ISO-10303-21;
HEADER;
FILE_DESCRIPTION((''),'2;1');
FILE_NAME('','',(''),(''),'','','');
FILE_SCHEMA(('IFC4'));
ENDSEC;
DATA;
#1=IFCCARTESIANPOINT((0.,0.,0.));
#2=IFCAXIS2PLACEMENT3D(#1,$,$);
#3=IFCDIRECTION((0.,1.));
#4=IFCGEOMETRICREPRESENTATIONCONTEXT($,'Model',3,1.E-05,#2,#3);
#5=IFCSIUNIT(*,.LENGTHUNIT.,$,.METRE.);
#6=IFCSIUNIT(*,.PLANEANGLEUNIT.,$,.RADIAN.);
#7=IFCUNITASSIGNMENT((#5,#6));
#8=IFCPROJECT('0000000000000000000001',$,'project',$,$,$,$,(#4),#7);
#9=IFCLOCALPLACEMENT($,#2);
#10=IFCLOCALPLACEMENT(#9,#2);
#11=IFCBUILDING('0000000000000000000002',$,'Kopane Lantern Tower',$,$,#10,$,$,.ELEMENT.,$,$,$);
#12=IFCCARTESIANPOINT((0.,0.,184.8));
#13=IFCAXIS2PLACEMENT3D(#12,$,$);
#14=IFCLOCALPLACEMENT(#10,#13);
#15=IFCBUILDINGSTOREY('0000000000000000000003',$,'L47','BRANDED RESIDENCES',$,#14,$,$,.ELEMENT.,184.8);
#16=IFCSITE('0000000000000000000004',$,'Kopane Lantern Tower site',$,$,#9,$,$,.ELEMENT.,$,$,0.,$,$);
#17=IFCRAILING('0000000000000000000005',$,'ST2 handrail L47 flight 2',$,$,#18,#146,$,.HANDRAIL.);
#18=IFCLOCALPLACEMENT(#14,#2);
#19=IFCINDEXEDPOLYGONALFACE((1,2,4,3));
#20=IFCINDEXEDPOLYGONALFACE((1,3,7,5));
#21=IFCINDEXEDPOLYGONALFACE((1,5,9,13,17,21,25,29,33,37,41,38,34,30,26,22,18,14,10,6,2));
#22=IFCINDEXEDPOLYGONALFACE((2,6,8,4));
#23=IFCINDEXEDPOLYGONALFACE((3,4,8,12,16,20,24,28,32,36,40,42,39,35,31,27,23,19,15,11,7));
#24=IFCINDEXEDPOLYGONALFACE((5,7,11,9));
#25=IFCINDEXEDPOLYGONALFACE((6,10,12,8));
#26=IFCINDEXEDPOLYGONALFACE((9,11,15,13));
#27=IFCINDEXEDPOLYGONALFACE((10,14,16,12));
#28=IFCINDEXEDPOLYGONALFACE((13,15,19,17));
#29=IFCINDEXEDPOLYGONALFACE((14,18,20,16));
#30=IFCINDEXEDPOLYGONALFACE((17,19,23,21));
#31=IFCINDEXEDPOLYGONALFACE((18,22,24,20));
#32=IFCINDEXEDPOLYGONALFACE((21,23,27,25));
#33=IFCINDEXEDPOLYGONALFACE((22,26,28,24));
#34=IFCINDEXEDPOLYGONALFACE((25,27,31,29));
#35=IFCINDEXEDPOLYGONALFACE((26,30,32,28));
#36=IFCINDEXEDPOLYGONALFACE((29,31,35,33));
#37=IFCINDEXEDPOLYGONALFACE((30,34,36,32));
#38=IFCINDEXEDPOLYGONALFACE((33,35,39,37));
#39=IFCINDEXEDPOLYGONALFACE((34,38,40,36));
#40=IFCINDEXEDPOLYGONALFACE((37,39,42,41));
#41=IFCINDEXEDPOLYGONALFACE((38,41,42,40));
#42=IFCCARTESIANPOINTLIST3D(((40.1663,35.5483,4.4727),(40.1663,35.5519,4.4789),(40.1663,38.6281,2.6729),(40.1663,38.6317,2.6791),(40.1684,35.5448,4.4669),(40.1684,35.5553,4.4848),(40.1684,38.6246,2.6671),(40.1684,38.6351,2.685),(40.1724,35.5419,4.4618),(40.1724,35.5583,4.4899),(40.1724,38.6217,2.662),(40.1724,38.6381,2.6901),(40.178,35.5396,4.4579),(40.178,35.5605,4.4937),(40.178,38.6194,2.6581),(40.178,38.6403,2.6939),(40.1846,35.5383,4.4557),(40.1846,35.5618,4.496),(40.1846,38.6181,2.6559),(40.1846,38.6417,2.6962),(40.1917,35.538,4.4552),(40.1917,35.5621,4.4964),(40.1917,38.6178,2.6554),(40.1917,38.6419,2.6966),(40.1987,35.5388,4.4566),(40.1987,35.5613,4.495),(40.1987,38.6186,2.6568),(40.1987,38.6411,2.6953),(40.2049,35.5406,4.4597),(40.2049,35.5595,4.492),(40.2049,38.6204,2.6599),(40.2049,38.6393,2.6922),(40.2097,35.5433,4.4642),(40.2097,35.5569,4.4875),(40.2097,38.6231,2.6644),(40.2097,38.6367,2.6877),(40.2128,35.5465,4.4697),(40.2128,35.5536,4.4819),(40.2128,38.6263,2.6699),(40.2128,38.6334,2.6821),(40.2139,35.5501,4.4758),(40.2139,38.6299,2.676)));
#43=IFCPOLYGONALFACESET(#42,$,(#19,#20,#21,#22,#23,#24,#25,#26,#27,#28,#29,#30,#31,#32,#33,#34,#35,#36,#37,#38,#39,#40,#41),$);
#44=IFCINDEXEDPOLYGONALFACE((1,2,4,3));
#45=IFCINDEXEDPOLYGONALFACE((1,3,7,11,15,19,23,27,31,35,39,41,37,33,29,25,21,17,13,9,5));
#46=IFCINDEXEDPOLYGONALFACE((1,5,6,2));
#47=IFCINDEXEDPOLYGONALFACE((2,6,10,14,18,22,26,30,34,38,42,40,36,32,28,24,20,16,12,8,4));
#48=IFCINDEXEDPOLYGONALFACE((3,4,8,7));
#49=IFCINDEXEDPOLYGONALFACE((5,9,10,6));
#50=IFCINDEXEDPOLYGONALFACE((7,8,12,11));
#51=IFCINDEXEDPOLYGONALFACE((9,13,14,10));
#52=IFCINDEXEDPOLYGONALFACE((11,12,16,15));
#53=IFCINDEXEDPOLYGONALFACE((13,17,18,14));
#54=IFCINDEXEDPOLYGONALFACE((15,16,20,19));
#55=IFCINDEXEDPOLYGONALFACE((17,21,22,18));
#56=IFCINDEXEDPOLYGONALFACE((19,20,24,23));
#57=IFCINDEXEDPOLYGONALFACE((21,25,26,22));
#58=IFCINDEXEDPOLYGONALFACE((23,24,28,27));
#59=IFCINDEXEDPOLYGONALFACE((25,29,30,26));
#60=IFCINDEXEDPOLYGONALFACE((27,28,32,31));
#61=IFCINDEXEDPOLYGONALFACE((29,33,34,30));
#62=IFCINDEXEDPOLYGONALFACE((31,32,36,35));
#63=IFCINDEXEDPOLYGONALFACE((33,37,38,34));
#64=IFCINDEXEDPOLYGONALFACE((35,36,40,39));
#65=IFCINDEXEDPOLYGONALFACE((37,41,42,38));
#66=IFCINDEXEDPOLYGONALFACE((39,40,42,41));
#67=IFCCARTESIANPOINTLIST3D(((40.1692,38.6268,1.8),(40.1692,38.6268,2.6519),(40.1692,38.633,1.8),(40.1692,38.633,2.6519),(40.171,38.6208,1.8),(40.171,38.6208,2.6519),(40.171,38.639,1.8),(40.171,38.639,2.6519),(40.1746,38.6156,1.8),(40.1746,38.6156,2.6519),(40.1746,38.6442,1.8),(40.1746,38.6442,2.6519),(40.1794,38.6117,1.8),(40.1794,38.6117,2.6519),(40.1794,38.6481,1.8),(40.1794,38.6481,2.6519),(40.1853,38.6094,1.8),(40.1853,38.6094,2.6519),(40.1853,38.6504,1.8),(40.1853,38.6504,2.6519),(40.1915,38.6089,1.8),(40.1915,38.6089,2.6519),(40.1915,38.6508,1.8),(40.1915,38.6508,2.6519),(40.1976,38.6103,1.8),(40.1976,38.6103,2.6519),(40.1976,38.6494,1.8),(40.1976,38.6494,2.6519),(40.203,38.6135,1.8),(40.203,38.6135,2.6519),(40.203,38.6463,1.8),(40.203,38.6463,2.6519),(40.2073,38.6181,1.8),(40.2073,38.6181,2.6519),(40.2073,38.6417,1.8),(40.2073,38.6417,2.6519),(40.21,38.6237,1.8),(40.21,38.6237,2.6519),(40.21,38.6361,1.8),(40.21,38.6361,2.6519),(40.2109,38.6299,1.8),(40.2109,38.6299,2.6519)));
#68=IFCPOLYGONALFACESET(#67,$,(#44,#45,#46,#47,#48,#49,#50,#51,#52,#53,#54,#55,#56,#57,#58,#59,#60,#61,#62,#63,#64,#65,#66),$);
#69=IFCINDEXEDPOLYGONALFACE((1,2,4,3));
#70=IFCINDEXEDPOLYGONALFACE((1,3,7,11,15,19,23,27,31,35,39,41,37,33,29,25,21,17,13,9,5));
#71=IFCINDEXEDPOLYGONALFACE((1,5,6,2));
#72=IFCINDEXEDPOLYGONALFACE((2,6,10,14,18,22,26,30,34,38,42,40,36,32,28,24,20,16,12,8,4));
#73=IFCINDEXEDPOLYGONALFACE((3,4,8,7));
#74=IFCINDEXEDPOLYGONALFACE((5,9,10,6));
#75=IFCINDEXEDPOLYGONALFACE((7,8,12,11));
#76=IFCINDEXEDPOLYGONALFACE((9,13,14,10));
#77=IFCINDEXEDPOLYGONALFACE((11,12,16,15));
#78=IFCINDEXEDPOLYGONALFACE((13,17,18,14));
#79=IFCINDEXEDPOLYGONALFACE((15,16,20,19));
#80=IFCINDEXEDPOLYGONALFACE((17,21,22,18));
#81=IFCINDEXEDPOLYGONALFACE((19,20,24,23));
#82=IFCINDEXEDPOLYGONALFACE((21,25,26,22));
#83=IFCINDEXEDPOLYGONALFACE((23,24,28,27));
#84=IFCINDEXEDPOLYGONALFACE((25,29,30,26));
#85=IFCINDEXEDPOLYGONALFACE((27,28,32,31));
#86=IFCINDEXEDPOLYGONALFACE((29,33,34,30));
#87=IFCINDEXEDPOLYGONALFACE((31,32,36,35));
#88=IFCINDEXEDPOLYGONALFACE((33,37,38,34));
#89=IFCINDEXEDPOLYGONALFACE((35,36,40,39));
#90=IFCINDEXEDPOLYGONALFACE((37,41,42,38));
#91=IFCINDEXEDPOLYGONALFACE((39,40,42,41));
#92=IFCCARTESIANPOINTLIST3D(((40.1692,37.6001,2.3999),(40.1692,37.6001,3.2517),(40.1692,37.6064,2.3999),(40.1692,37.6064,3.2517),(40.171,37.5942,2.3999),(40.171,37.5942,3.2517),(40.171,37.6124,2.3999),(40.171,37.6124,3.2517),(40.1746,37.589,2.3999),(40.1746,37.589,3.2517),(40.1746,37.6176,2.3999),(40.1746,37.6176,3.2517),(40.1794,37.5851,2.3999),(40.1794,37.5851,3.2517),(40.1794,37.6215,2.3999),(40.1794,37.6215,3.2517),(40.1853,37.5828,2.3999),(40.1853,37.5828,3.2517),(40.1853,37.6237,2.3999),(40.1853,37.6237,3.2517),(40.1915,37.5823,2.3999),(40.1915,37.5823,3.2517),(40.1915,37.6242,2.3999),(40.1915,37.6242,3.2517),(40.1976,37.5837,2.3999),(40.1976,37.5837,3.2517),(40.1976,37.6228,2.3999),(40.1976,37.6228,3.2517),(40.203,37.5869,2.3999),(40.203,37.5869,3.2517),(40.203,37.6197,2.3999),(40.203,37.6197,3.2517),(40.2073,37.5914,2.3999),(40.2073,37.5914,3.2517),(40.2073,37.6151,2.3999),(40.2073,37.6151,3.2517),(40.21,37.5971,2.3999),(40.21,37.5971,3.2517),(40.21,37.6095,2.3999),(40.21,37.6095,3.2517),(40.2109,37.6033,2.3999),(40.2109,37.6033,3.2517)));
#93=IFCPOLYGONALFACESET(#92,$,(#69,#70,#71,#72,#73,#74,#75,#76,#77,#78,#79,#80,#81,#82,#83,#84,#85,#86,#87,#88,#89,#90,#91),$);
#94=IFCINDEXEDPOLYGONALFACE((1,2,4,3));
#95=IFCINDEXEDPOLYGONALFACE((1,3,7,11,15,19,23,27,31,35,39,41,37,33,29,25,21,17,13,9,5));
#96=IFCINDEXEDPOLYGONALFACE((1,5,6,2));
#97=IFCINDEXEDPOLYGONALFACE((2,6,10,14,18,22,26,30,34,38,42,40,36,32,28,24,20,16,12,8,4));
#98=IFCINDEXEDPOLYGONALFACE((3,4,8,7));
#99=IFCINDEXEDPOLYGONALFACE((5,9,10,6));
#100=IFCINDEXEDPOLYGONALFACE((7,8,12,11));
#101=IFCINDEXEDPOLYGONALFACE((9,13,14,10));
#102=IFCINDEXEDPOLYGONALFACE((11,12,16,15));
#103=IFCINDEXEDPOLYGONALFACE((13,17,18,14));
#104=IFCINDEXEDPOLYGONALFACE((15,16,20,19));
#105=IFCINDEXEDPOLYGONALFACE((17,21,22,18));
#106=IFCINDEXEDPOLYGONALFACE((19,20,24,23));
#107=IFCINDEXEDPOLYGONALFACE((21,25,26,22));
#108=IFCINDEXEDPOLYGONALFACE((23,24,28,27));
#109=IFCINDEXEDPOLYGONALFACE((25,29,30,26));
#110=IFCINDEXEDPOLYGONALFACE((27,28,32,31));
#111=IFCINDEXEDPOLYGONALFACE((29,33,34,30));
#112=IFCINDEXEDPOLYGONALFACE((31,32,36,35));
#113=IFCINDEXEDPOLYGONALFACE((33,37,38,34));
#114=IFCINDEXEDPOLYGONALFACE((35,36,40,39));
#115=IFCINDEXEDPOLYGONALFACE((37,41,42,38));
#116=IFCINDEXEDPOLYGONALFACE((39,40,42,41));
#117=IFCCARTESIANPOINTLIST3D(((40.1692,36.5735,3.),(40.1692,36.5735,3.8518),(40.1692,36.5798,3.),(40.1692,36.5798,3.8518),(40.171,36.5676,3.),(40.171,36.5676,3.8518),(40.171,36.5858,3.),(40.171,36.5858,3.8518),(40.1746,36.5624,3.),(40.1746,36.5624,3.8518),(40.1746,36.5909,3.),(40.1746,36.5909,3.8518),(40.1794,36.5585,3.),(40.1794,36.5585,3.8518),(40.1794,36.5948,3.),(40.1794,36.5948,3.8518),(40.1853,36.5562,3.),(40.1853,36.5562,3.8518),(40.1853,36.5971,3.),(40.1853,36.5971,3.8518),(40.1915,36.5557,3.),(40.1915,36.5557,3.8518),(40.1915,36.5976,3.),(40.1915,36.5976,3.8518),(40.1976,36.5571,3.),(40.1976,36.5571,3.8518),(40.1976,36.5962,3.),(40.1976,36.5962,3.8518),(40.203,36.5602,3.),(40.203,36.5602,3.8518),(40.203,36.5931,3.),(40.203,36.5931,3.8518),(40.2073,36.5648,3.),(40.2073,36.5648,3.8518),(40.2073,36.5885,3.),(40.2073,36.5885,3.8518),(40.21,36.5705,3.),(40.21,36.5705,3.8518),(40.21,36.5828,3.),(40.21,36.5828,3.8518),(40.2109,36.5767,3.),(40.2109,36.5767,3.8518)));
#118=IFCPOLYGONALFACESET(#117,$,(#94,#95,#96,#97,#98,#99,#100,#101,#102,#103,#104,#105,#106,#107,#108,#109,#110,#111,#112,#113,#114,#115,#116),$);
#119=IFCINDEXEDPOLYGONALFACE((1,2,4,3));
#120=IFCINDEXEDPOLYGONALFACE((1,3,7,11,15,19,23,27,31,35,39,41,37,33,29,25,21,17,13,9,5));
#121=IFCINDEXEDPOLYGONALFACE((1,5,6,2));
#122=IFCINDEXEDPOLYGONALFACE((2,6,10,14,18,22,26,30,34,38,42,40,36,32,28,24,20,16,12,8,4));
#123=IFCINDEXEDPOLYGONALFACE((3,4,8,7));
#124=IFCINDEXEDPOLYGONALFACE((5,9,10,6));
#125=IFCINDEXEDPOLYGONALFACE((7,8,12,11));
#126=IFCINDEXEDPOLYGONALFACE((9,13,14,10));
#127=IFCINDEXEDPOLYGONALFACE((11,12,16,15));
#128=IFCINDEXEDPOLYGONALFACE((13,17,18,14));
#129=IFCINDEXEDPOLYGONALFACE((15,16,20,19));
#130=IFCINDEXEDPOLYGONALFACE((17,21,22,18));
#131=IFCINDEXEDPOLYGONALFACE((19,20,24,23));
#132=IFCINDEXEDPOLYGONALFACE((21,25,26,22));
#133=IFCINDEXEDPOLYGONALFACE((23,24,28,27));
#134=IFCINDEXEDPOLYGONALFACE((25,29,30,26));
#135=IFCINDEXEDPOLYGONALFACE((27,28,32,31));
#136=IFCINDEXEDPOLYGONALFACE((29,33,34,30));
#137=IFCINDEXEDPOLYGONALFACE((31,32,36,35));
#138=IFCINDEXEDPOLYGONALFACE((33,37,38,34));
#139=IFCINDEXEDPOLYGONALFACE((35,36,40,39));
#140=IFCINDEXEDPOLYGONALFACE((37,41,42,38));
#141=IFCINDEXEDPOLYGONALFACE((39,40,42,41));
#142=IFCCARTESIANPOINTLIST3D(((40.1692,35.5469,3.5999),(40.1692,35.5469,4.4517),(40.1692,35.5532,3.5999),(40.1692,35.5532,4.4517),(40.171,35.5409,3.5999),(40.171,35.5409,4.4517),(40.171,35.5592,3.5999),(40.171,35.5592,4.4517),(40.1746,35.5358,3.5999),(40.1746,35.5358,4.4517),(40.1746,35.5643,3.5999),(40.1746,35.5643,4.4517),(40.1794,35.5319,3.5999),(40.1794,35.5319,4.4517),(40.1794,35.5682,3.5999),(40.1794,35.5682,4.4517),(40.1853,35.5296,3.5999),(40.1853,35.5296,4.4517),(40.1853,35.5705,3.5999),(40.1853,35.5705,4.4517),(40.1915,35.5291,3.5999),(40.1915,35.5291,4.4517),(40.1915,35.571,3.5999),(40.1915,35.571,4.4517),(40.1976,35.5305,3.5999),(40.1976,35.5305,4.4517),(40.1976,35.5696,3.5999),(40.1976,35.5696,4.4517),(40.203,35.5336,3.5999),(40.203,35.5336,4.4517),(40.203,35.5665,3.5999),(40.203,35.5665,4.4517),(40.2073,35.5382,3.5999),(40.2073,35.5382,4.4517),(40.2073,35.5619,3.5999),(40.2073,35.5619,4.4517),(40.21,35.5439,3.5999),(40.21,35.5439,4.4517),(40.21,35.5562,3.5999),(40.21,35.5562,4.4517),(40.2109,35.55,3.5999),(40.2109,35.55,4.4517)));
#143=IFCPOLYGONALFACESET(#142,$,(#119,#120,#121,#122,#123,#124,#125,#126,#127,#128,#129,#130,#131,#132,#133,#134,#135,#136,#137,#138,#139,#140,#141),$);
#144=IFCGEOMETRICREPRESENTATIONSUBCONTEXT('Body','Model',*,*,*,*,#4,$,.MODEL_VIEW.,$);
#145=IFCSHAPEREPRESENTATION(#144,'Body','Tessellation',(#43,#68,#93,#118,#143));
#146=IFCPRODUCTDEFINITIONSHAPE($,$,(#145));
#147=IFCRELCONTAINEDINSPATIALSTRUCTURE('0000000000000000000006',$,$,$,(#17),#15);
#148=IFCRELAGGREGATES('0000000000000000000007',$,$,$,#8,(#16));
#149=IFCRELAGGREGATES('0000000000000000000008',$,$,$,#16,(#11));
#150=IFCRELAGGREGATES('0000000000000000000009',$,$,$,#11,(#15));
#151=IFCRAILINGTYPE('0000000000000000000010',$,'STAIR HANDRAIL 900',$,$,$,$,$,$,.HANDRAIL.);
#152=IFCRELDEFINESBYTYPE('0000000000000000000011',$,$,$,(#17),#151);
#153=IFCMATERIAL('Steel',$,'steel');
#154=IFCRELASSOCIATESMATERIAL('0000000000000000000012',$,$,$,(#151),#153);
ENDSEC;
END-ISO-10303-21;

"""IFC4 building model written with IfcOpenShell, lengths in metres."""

from ifc_helpers import new_model, si_unit, direction, frame, origin, origin_2d, place, context, subcontext, project, spatial, circle, extrude, material, type_object, element, save


model = new_model("IFC4")

# Units and contexts
model_context = context("Model", 3, precision=1e-05, world=origin(), true_north=direction((0.0, 1.0)))
body_context = subcontext(model_context, "Body", "Model", "MODEL_VIEW")
ifc_project = project(units=[si_unit("LENGTHUNIT", "METRE"), si_unit("PLANEANGLEUNIT", "RADIAN")], contexts=[model_context])

# Site, building, storey
site_placement = place(None, origin())
site = spatial("IfcSite", under=ifc_project, at=site_placement, Name="Kopane Lantern Tower site", CompositionType="ELEMENT", RefElevation=0.0)
building_placement = place(site_placement, origin())
building = spatial("IfcBuilding", under=site, at=building_placement, Name="Kopane Lantern Tower", CompositionType="ELEMENT")
storey_placement = place(building_placement, frame((0.0, 0.0, 184.8)))
storey = spatial("IfcBuildingStorey", under=building, at=storey_placement, Name="L47", Description="BRANDED RESIDENCES", CompositionType="ELEMENT", Elevation=184.8)

# Railing
ifc_material_1 = material(Name="Steel", Category="steel")
railing_type_1 = type_object("IfcRailingType", Name="STAIR HANDRAIL 900", PredefinedType="HANDRAIL", material=ifc_material_1)
for number, where, name in (
    (1, (40.1899, 38.6299, 1.8), "ST2 handrail L47 flight 2"),
):
    element("IfcRailing", number, at=place(storey_placement, frame(where)), inside=storey, type_object=railing_type_1, Name=name, PredefinedType="HANDRAIL", context=body_context, shape_type="SweptSolid", body=[
        extrude(circle(Radius=0.0239, at=origin_2d()), frame((0.0, 0.0, 0.876), z_axis=(0.0, -0.863384, 0.504547), x_axis=(1.0, 0.0, 0.0)), (0.0, 0.0, 1.0), 3.5671),
        extrude(circle(Radius=0.021, at=origin_2d()), origin(), (0.0, 0.0, 1.0), 0.8518),
        extrude(circle(Radius=0.021, at=origin_2d()), frame((0.0, -1.0266, 0.5999)), (0.0, 0.0, 1.0), 0.8518),
        extrude(circle(Radius=0.021, at=origin_2d()), frame((0.0, -2.0532, 1.2)), (0.0, 0.0, 1.0), 0.8518),
        extrude(circle(Radius=0.021, at=origin_2d()), frame((0.0, -3.0798, 1.7998)), (0.0, 0.0, 1.0), 0.8518),
    ])

save(model, "model.ifc")
